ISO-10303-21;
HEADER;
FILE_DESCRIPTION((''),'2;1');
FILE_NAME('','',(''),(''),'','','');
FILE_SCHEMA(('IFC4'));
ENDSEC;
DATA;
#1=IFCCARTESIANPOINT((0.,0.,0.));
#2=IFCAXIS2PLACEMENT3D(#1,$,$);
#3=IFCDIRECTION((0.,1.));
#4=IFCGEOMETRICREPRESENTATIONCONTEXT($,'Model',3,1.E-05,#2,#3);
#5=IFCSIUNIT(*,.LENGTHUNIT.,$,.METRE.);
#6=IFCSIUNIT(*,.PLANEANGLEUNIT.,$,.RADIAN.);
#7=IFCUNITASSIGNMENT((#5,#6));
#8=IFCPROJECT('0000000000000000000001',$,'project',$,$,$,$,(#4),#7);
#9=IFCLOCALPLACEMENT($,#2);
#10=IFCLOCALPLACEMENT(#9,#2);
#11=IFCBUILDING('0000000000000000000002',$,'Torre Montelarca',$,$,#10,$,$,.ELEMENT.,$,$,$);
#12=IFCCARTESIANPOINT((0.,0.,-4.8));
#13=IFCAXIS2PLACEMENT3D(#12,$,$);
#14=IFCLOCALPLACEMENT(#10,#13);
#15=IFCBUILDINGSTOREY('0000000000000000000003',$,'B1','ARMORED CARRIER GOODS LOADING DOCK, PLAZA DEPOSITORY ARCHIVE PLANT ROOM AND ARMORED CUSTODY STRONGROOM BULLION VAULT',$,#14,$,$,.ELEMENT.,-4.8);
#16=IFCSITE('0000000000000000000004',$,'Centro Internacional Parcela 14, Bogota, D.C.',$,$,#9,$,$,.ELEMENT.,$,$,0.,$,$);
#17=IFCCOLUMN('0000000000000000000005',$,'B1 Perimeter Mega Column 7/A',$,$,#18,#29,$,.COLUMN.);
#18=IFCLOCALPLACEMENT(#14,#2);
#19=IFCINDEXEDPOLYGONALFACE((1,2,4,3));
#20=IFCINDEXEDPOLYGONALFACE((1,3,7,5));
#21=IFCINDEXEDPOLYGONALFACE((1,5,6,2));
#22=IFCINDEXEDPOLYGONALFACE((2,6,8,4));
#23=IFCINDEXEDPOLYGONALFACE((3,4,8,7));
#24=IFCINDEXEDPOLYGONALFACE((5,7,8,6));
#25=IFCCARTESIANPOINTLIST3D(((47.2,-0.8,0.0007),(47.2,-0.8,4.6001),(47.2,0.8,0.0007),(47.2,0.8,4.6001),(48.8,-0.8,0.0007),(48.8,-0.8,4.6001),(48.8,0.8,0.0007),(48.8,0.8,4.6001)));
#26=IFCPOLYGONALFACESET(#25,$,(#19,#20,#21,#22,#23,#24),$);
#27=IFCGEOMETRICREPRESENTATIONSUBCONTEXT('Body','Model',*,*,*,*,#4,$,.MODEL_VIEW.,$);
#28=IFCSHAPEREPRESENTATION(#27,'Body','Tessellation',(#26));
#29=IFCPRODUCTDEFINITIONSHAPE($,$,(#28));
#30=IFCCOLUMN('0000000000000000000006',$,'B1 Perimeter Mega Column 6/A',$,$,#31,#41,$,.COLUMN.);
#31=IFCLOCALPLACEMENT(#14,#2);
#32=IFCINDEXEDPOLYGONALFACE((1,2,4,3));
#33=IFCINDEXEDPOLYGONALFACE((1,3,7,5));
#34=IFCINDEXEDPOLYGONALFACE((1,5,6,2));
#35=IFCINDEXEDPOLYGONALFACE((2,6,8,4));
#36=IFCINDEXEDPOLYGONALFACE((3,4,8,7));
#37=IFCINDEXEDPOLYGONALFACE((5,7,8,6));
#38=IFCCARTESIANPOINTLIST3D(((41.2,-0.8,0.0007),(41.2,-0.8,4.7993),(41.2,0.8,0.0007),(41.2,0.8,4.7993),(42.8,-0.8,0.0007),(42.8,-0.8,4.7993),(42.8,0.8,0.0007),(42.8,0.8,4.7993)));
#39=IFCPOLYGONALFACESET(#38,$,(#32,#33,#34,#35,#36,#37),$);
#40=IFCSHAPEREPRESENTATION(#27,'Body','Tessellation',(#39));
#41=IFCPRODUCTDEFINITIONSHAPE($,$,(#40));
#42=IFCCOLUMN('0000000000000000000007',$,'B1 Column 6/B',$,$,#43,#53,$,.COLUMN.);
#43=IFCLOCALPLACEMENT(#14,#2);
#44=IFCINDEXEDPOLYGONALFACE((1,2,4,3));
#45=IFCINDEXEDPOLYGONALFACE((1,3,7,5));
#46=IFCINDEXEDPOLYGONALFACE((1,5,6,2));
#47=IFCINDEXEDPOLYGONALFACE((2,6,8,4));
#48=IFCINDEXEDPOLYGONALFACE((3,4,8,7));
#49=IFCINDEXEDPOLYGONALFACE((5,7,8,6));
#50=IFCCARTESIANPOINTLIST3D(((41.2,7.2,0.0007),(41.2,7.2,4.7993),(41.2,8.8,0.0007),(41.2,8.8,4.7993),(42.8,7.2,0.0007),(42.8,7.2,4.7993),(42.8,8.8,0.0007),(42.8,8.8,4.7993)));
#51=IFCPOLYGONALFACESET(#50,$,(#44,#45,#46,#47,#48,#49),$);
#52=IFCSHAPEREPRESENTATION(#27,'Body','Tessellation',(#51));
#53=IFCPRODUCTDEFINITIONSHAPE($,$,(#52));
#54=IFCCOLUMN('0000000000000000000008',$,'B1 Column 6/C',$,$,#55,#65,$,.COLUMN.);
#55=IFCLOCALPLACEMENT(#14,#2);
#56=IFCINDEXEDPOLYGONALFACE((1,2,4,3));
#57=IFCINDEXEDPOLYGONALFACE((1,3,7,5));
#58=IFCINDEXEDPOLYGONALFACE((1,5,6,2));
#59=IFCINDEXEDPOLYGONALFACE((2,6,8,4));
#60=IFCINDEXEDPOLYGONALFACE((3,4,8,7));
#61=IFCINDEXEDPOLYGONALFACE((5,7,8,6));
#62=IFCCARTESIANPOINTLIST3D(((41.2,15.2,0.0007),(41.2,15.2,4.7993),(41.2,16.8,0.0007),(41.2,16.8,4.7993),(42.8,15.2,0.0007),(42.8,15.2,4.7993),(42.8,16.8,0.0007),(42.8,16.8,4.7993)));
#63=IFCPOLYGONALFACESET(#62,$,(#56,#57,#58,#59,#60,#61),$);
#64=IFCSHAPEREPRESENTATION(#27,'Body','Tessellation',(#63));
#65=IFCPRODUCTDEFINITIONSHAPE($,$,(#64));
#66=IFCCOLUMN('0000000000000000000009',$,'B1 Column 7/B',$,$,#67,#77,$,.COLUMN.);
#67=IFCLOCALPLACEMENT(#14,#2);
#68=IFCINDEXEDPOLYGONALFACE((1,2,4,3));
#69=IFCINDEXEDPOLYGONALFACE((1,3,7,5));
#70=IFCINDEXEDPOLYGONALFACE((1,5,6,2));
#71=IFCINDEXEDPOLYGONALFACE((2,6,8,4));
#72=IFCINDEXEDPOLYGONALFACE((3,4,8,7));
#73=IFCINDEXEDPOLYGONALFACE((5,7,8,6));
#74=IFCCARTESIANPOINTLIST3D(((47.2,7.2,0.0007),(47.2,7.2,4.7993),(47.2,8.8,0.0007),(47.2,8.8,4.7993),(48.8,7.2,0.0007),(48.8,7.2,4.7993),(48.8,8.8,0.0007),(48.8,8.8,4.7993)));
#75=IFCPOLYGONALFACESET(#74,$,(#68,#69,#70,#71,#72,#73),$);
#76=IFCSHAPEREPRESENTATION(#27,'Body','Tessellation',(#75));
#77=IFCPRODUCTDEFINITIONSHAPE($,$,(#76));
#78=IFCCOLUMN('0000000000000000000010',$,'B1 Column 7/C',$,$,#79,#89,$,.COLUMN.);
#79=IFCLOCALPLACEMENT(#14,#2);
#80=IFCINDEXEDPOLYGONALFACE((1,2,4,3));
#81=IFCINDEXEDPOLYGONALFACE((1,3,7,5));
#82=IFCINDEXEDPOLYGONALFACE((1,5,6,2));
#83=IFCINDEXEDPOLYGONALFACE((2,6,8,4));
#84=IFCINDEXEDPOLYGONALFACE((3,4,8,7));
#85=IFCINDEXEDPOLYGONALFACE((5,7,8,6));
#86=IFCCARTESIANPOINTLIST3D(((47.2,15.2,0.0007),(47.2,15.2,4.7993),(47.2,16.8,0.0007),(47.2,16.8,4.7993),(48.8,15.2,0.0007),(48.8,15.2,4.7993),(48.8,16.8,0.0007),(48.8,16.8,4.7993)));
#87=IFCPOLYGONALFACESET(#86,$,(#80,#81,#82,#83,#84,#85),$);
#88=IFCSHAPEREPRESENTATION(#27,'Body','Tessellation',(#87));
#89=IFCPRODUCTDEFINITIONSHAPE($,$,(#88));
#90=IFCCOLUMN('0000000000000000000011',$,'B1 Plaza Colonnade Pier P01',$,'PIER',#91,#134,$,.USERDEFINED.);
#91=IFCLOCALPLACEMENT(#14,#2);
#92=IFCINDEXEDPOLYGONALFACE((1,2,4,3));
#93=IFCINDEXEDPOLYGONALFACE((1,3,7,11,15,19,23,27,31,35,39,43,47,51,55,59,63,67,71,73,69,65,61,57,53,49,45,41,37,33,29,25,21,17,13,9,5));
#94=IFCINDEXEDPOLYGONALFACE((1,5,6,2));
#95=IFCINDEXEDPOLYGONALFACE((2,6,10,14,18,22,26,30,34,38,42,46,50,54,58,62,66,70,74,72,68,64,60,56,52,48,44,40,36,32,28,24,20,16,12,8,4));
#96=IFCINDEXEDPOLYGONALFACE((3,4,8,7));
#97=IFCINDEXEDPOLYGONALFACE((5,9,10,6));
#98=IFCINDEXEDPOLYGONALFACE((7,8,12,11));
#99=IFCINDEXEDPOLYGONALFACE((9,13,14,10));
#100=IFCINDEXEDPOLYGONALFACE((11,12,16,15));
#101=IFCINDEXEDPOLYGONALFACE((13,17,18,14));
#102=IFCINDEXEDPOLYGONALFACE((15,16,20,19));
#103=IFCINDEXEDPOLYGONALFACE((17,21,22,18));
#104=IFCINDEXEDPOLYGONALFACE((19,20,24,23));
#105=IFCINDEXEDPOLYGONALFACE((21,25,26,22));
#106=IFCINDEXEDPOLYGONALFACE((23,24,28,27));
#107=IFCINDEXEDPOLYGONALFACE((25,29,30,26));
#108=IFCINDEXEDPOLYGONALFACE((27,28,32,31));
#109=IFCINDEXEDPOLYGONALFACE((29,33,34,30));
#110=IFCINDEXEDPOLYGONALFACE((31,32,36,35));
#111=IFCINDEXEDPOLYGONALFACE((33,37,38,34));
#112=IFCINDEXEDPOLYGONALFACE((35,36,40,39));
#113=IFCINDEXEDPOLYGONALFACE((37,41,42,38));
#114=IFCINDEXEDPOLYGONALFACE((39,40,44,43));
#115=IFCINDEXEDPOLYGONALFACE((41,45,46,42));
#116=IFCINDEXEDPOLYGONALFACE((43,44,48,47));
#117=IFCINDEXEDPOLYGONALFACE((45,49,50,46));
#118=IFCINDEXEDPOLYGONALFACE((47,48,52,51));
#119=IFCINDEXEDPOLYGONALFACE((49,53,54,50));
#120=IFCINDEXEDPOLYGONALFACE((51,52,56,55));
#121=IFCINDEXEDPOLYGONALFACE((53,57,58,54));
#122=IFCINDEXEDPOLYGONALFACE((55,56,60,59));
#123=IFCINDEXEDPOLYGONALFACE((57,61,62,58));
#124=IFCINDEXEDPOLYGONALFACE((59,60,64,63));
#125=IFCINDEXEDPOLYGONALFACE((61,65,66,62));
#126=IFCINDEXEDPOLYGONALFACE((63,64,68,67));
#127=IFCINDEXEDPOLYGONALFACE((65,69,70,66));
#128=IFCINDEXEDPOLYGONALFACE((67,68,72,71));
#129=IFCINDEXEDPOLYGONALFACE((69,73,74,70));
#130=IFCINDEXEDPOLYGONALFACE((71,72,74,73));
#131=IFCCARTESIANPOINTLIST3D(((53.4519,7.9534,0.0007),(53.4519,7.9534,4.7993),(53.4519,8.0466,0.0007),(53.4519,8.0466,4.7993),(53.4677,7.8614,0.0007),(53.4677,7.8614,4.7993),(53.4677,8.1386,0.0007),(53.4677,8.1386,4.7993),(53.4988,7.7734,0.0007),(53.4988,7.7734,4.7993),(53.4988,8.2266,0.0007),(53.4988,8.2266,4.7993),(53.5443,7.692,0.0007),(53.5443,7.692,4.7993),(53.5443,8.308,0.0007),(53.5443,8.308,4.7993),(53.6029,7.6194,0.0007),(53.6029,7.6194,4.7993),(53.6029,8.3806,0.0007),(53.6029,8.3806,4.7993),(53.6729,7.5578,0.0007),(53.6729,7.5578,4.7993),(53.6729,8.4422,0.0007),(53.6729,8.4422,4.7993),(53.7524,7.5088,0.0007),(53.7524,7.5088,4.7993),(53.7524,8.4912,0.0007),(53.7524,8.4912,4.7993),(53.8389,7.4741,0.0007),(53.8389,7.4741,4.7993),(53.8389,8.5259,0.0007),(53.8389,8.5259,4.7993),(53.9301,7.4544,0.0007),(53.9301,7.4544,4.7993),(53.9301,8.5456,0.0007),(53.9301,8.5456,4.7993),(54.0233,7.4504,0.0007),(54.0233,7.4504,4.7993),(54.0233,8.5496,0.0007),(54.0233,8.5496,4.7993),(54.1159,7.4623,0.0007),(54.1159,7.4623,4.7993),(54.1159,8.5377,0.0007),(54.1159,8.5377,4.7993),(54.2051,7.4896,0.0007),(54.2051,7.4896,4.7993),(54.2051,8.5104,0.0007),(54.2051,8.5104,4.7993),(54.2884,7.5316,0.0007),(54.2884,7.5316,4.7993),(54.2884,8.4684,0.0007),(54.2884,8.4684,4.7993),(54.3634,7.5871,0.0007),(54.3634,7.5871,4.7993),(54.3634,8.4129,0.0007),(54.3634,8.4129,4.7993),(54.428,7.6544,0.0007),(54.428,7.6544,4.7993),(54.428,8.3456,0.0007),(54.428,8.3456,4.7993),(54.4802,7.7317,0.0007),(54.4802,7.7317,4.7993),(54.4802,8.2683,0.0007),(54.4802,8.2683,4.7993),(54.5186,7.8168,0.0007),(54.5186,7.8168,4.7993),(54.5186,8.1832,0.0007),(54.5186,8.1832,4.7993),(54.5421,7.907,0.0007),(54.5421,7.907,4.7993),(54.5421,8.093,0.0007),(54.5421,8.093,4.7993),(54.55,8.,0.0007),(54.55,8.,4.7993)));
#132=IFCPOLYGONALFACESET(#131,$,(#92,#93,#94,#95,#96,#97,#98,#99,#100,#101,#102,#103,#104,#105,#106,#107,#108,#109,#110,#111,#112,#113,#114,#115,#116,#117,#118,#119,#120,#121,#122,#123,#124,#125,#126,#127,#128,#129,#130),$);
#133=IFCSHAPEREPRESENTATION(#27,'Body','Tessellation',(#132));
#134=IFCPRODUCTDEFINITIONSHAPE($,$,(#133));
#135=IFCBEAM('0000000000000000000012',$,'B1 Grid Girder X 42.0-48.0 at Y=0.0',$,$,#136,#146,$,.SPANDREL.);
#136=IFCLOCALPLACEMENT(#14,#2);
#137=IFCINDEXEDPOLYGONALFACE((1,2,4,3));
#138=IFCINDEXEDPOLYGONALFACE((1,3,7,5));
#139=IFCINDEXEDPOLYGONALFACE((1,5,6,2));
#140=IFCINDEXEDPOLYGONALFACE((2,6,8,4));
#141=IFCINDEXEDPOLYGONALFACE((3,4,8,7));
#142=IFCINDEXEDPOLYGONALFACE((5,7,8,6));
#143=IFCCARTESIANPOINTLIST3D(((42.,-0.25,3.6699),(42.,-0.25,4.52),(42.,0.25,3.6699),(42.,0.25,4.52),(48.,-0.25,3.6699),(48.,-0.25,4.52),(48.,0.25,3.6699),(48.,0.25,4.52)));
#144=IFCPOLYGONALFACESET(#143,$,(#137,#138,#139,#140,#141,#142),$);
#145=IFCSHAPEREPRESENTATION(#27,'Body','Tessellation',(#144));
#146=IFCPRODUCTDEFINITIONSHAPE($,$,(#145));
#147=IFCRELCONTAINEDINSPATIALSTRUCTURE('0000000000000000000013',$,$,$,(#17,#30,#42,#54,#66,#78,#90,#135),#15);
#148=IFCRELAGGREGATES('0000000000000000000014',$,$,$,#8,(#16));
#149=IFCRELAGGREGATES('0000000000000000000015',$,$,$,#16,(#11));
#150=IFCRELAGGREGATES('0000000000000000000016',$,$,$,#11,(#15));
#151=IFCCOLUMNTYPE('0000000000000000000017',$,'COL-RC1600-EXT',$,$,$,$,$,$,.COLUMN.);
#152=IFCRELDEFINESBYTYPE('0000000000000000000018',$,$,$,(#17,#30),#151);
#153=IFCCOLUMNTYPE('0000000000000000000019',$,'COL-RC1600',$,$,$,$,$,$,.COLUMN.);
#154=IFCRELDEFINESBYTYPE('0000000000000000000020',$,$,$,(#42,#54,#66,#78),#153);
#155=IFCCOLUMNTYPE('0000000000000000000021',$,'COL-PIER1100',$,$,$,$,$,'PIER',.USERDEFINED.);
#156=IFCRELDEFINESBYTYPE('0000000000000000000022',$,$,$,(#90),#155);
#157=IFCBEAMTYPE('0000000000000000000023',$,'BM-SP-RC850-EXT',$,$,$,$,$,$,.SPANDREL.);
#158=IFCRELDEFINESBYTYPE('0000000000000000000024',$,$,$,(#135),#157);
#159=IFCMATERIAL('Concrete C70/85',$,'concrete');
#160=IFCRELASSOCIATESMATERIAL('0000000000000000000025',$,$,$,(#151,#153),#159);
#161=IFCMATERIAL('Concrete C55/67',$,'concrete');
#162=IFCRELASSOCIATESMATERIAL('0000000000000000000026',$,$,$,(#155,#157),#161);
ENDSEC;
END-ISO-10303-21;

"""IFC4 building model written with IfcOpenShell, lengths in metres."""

from ifc_helpers import new_model, si_unit, direction, frame, origin, origin_2d, place, context, subcontext, project, spatial, rectangle, circle, extrude, source, transform, mapped, material, material_profile, profile_set, type_object, element, save


model = new_model("IFC4")

# Units and contexts
model_context = context("Model", 3, precision=1e-05, world=origin(), true_north=direction((0.0, 1.0)))
body_context = subcontext(model_context, "Body", "Model", "MODEL_VIEW")
ifc_project = project(units=[si_unit("LENGTHUNIT", "METRE"), si_unit("PLANEANGLEUNIT", "RADIAN")], contexts=[model_context])

# Site, building, storey
site_placement = place(None, origin())
site = spatial("IfcSite", under=ifc_project, at=site_placement, Name="Centro Internacional Parcela 14, Bogota, D.C.", CompositionType="ELEMENT", RefElevation=0.0)
building_placement = place(site_placement, origin())
building = spatial("IfcBuilding", under=site, at=building_placement, Name="Torre Montelarca", CompositionType="ELEMENT")
storey_placement = place(building_placement, frame((0.0, 0.0, -4.8)))
storey = spatial("IfcBuildingStorey", under=building, at=storey_placement, Name="B1", Description="ARMORED CARRIER GOODS LOADING DOCK, PLAZA DEPOSITORY ARCHIVE PLANT ROOM AND ARMORED CUSTODY STRONGROOM BULLION VAULT", CompositionType="ELEMENT", Elevation=-4.8)

# Columns
ifc_material_1 = material(Name="Concrete C70/85", Category="concrete")
ifc_material_profile_1 = material_profile(ifc_material_1, rectangle(XDim=1.6001, YDim=1.6001, at=origin_2d()), Name="RC1600X1600", Category="concrete")
ifc_profile_set_1 = profile_set([ifc_material_profile_1], Name="Concrete C70/85")
column_type_1 = type_object("IfcColumnType", Name="COL-RC1600-EXT", PredefinedType="COLUMN", material=ifc_profile_set_1)
shared_shape_1 = source(origin(), body_context, "Body", "SweptSolid", [
    extrude(rectangle(XDim=1.6001, YDim=1.6001, at=origin_2d()), origin(), (0.0, 0.0, 1.0), 4.5994),
])
column_1_placement = place(storey_placement, frame((48.0, 0.0, 0.0007), z_axis=(0.0, 0.0, 1.0), x_axis=(1.0, 0.0, 0.0)))
element("IfcColumn", 1, at=column_1_placement, inside=storey, type_object=column_type_1, Name="B1 Perimeter Mega Column 7/A", PredefinedType="COLUMN", context=body_context, shape_type="MappedRepresentation", body=[
    mapped(shared_shape_1, transform((0.0, 0.0, 0.0), scale=1.0)),
])
shared_shape_2 = source(origin(), body_context, "Body", "SweptSolid", [
    extrude(rectangle(XDim=1.6001, YDim=1.6001, at=origin_2d()), origin(), (0.0, 0.0, 1.0), 4.7986),
])
column_2_placement = place(storey_placement, frame((42.0, 0.0, 0.0007), z_axis=(0.0, 0.0, 1.0), x_axis=(1.0, 0.0, 0.0)))
element("IfcColumn", 2, at=column_2_placement, inside=storey, type_object=column_type_1, Name="B1 Perimeter Mega Column 6/A", PredefinedType="COLUMN", context=body_context, shape_type="MappedRepresentation", body=[
    mapped(shared_shape_2, transform((0.0, 0.0, 0.0), scale=1.0)),
])
ifc_material_profile_2 = material_profile(ifc_material_1, rectangle(XDim=1.6001, YDim=1.6001, at=origin_2d()), Name="RC1600X1600", Category="concrete")
ifc_profile_set_2 = profile_set([ifc_material_profile_2], Name="Concrete C70/85")
column_type_2 = type_object("IfcColumnType", Name="COL-RC1600", PredefinedType="COLUMN", material=ifc_profile_set_2)
shared_shape_3 = source(origin(), body_context, "Body", "SweptSolid", [
    extrude(rectangle(XDim=1.6001, YDim=1.6001, at=origin_2d()), origin(), (0.0, 0.0, 1.0), 4.7986),
])
for number, where, z_axis, x_axis, name in (
    (3, (42.0, 8.0, 0.0007), (0.0, 0.0, 1.0), (1.0, 0.0, 0.0), "B1 Column 6/B"),
    (4, (42.0, 16.0, 0.0007), (0.0, 0.0, 1.0), (1.0, 0.0, 0.0), "B1 Column 6/C"),
    (5, (48.0, 8.0, 0.0007), (0.0, 0.0, 1.0), (1.0, 0.0, 0.0), "B1 Column 7/B"),
    (6, (48.0, 16.0, 0.0007), (0.0, 0.0, 1.0), (1.0, 0.0, 0.0), "B1 Column 7/C"),
):
    element("IfcColumn", number, at=place(storey_placement, frame(where, z_axis=z_axis, x_axis=x_axis)), inside=storey, type_object=column_type_2, Name=name, PredefinedType="COLUMN", context=body_context, shape_type="MappedRepresentation", body=[
        mapped(shared_shape_3, transform((0.0, 0.0, 0.0), scale=1.0)),
    ])
ifc_material_2 = material(Name="Concrete C55/67", Category="concrete")
ifc_material_profile_3 = material_profile(ifc_material_2, circle(Radius=0.55, at=origin_2d()), Name="RCC1100", Category="concrete")
ifc_profile_set_3 = profile_set([ifc_material_profile_3], Name="Concrete C55/67")
column_type_3 = type_object("IfcColumnType", Name="COL-PIER1100", ElementType="PIER", PredefinedType="USERDEFINED", material=ifc_profile_set_3)
shared_shape_4 = source(origin(), body_context, "Body", "SweptSolid", [
    extrude(circle(Radius=0.55, at=origin_2d()), origin(), (0.0, 0.0, 1.0), 4.7986),
])
column_3_placement = place(storey_placement, frame((54.0, 8.0, 0.0007), z_axis=(0.0, 0.0, 1.0), x_axis=(1.0, 0.0, 0.0)))
element("IfcColumn", 7, at=column_3_placement, inside=storey, type_object=column_type_3, Name="B1 Plaza Colonnade Pier P01", ObjectType="PIER", PredefinedType="USERDEFINED", context=body_context, shape_type="MappedRepresentation", body=[
    mapped(shared_shape_4, transform((0.0, 0.0, 0.0), scale=1.0)),
])

# Beam
ifc_material_profile_4 = material_profile(ifc_material_2, rectangle(XDim=0.5, YDim=0.8501, at=origin_2d()), Name="RCB500X850", Category="concrete")
ifc_profile_set_4 = profile_set([ifc_material_profile_4], Name="Concrete C55/67")
beam_type_1 = type_object("IfcBeamType", Name="BM-SP-RC850-EXT", PredefinedType="SPANDREL", material=ifc_profile_set_4)
shared_shape_5 = source(origin(), body_context, "Body", "SweptSolid", [
    extrude(rectangle(XDim=0.5, YDim=0.8501, at=origin_2d()), origin(), (0.0, 0.0, 1.0), 6.0),
])
beam_1_placement = place(storey_placement, frame((42.0, 0.0, 4.095), z_axis=(1.0, 0.0, 0.0), x_axis=(0.0, 1.0, 0.0)))
element("IfcBeam", 8, at=beam_1_placement, inside=storey, type_object=beam_type_1, Name="B1 Grid Girder X 42.0-48.0 at Y=0.0", PredefinedType="SPANDREL", context=body_context, shape_type="MappedRepresentation", body=[
    mapped(shared_shape_5, transform((0.0, 0.0, 0.0), scale=1.0)),
])

save(model, "model.ifc")
